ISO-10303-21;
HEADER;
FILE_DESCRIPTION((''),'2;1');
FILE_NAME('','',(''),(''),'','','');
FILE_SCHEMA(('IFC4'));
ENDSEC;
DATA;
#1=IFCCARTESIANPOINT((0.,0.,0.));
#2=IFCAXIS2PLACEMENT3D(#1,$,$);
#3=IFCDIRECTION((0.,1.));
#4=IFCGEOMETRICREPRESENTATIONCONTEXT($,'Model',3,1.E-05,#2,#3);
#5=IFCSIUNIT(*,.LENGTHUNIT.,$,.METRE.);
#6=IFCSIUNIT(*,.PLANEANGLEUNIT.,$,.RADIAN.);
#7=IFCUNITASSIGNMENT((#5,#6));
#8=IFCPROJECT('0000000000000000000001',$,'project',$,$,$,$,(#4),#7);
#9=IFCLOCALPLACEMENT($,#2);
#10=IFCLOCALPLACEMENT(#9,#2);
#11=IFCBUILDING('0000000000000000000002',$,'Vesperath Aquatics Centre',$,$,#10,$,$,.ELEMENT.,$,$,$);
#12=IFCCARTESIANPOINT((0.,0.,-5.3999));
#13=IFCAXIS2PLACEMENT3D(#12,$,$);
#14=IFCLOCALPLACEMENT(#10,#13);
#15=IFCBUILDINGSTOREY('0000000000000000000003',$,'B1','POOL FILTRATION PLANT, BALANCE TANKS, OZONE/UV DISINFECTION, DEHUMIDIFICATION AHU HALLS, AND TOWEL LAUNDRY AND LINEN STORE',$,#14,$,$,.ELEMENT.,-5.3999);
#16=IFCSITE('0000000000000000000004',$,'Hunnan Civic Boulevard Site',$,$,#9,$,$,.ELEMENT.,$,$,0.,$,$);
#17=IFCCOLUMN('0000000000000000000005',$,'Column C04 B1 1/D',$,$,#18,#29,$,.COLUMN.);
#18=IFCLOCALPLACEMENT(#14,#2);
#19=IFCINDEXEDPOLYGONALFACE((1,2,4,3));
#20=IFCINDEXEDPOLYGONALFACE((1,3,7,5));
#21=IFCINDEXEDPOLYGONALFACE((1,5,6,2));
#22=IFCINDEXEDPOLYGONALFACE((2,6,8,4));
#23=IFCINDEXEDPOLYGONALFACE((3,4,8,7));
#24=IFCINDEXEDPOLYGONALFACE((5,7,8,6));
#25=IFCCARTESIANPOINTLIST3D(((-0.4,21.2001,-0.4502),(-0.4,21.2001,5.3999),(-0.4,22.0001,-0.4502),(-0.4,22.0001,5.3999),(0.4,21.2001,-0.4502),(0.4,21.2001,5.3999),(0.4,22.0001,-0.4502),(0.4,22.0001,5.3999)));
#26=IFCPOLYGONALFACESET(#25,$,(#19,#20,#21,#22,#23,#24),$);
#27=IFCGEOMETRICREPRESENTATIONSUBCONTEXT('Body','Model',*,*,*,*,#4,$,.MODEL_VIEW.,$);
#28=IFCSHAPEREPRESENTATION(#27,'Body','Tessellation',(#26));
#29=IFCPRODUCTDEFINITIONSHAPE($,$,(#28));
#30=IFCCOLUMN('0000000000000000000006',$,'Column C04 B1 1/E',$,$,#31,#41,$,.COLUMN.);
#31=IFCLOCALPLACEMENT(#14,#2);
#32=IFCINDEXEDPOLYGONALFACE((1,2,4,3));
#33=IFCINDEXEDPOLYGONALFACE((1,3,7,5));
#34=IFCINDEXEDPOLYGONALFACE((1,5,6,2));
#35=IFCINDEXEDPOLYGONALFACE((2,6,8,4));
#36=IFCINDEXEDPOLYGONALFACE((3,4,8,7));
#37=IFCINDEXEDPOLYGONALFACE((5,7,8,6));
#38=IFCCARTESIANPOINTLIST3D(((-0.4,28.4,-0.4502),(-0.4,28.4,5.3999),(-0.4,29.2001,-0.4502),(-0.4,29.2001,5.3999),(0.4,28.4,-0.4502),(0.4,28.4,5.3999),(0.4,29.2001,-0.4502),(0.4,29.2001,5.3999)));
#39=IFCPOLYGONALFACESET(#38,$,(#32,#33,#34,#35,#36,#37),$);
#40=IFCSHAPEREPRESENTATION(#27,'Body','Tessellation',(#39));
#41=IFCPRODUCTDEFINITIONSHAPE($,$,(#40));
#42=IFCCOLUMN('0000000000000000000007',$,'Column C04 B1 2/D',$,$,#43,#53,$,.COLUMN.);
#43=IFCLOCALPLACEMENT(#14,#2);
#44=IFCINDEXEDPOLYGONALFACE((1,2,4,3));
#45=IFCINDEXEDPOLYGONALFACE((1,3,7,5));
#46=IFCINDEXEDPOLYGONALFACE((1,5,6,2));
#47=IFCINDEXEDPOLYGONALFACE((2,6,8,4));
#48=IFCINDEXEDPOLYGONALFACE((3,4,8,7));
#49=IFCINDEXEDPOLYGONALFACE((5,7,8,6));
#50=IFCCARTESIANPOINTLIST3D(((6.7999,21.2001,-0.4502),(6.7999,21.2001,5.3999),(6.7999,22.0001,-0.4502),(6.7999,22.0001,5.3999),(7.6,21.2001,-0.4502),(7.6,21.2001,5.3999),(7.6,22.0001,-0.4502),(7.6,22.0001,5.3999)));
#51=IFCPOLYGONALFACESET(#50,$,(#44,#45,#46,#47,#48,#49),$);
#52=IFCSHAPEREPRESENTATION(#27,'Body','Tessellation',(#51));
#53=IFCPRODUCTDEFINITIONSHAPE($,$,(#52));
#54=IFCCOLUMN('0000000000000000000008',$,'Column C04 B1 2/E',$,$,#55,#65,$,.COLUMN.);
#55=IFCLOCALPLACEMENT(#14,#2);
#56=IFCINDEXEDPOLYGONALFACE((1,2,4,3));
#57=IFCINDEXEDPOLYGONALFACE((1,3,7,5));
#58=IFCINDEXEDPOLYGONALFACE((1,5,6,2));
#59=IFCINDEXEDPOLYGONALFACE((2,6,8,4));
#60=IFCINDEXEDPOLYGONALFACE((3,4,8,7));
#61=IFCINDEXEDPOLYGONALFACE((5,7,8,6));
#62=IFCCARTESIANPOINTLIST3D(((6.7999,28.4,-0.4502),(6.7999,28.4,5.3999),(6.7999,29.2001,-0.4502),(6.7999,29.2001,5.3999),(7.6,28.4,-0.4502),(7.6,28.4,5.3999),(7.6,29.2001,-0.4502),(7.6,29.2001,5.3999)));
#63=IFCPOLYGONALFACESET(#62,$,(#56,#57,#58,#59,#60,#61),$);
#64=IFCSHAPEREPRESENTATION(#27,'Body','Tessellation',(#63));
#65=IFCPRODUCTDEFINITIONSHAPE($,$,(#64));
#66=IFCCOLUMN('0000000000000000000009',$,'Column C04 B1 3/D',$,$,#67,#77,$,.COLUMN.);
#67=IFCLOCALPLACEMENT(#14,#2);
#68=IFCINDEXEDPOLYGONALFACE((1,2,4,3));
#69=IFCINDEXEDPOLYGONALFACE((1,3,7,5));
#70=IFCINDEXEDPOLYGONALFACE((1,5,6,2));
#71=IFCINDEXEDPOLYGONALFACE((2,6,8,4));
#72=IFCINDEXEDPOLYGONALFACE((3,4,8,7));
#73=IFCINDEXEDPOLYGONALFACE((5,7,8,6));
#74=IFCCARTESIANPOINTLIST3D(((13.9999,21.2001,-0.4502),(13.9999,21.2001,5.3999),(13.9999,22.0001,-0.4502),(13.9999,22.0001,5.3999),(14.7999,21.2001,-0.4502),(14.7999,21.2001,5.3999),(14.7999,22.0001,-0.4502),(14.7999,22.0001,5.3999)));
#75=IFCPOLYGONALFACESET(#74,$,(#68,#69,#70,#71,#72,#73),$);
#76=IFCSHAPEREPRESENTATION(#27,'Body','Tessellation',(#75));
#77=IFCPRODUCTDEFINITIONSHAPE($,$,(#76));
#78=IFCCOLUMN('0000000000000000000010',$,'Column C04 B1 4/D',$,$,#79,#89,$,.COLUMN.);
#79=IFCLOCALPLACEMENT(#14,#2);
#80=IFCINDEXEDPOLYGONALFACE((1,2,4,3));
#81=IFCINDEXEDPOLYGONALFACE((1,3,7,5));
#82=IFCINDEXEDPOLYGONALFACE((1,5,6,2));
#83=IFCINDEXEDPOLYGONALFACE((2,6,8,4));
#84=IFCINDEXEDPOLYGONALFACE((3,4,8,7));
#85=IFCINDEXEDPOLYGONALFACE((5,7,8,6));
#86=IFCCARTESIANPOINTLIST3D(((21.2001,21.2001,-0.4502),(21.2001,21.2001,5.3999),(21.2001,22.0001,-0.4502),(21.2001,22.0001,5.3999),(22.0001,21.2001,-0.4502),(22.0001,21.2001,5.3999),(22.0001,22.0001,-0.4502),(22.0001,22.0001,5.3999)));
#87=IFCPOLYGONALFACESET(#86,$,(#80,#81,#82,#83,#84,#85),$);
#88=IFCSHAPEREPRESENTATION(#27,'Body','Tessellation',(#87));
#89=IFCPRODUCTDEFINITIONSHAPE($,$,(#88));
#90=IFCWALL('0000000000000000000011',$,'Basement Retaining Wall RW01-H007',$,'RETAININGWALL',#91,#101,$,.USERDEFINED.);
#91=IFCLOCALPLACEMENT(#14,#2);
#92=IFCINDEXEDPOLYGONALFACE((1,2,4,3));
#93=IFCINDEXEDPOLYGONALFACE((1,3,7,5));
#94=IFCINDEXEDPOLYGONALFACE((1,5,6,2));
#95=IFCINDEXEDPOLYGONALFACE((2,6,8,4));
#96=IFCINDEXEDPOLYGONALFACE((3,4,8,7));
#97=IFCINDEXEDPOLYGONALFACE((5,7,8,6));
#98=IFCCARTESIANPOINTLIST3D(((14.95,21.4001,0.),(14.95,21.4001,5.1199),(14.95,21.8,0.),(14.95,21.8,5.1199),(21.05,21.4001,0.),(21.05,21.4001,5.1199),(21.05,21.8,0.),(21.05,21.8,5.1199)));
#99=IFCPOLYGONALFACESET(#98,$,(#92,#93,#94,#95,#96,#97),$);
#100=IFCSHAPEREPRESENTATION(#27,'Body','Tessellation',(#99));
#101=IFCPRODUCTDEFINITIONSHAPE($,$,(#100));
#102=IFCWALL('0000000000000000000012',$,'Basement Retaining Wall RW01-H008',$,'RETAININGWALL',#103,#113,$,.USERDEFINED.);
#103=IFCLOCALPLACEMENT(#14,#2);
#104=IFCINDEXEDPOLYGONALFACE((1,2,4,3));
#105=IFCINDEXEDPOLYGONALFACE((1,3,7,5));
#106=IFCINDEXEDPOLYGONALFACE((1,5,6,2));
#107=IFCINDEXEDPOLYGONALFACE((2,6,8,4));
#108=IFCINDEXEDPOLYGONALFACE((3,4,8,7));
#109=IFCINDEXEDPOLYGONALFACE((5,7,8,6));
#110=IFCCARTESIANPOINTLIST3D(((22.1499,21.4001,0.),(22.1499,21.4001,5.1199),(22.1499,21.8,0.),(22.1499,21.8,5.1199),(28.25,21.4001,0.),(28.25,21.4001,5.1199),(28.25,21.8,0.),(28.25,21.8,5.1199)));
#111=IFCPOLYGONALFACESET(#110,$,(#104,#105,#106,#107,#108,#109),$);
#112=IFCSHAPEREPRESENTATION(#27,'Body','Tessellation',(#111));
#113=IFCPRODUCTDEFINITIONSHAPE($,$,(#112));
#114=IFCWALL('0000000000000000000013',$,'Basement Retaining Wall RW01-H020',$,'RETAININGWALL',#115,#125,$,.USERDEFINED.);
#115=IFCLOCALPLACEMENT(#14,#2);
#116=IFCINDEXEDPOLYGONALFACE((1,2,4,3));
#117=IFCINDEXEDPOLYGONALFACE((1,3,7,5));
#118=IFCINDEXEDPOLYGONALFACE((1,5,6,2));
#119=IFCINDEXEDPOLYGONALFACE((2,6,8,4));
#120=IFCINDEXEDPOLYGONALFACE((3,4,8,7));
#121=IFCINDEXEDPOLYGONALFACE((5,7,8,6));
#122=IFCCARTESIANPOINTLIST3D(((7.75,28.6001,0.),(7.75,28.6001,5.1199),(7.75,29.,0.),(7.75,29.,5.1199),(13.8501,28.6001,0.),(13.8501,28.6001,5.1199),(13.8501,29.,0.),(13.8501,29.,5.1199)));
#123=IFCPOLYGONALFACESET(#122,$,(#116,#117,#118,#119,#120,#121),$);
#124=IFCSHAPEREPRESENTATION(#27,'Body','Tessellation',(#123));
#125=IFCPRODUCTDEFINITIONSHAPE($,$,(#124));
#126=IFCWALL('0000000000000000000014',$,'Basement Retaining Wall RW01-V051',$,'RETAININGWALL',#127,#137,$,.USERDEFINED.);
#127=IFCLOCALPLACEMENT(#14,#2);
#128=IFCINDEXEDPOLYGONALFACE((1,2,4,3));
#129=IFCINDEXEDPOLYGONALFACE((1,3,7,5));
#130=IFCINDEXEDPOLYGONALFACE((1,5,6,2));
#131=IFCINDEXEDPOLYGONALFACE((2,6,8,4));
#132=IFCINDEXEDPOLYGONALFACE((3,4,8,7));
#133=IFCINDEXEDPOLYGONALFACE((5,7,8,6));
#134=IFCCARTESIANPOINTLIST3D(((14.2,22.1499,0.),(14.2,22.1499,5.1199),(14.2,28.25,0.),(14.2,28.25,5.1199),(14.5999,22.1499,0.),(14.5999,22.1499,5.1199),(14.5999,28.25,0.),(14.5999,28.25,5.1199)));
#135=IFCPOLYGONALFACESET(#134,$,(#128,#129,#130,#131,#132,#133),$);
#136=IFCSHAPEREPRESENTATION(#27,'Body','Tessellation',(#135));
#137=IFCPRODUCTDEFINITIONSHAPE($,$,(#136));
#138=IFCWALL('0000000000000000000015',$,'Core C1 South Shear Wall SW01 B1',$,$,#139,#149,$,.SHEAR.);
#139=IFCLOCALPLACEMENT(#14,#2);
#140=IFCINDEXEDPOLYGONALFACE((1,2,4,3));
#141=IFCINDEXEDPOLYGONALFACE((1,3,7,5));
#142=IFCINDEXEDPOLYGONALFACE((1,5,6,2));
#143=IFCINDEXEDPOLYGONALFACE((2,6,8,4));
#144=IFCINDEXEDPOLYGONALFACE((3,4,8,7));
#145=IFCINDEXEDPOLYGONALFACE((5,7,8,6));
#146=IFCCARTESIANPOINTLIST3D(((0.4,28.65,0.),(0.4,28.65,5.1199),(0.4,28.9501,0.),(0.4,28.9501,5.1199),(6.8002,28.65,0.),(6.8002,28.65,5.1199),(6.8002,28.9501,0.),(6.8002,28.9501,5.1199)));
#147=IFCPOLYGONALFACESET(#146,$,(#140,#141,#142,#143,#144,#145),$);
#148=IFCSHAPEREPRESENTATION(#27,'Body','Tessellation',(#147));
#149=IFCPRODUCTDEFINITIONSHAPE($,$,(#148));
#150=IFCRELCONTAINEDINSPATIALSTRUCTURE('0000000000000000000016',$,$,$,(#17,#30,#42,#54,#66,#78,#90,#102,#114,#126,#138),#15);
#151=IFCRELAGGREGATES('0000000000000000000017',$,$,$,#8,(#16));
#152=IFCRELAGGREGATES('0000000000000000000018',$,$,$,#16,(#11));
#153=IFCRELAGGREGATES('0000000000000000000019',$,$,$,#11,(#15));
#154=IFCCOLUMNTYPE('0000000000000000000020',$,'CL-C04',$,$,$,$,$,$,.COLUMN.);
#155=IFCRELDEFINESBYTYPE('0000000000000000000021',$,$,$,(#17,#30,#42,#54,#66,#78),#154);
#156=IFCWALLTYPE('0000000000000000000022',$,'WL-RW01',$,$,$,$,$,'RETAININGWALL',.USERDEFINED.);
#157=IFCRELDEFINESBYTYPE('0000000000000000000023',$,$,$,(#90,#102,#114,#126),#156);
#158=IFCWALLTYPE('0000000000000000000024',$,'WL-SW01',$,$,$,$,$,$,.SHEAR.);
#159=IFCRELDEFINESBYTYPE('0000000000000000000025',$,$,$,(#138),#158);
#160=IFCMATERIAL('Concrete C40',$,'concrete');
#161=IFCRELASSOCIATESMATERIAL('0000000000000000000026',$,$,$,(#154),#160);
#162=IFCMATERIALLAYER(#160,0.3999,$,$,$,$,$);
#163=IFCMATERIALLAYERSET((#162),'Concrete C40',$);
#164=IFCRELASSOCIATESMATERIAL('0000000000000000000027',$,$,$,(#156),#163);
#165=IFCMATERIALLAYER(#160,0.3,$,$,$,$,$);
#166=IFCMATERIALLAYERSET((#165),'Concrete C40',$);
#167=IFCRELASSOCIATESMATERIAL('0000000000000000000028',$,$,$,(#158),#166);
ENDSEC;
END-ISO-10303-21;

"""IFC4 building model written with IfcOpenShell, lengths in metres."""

from ifc_helpers import new_model, si_unit, direction, frame, frame_2d, origin, origin_2d, place, context, subcontext, project, spatial, rectangle, extrude, material, layer, layer_set, material_profile, profile_set, type_object, element, save


model = new_model("IFC4")

# Units and contexts
model_context = context("Model", 3, precision=1e-05, world=origin(), true_north=direction((0.0, 1.0)))
body_context = subcontext(model_context, "Body", "Model", "MODEL_VIEW")
ifc_project = project(units=[si_unit("LENGTHUNIT", "METRE"), si_unit("PLANEANGLEUNIT", "RADIAN")], contexts=[model_context])

# Site, building, storey
site_placement = place(None, origin())
site = spatial("IfcSite", under=ifc_project, at=site_placement, Name="Hunnan Civic Boulevard Site", CompositionType="ELEMENT", RefElevation=0.0)
building_placement = place(site_placement, origin())
building = spatial("IfcBuilding", under=site, at=building_placement, Name="Vesperath Aquatics Centre", CompositionType="ELEMENT")
storey_placement = place(building_placement, frame((0.0, 0.0, -5.3999)))
storey = spatial("IfcBuildingStorey", under=building, at=storey_placement, Name="B1", Description="POOL FILTRATION PLANT, BALANCE TANKS, OZONE/UV DISINFECTION, DEHUMIDIFICATION AHU HALLS, AND TOWEL LAUNDRY AND LINEN STORE", CompositionType="ELEMENT", Elevation=-5.3999)

# Shared definitions
ifc_material_1 = material(Name="Concrete C40", Category="concrete")

# Columns
ifc_material_profile_1 = material_profile(ifc_material_1, rectangle(XDim=0.8, YDim=0.8, at=origin_2d()), Name="RC 800x800")
ifc_profile_set_1 = profile_set([ifc_material_profile_1], Name="Concrete C40")
column_type = type_object("IfcColumnType", Name="CL-C04", PredefinedType="COLUMN", material=ifc_profile_set_1)
for number, where, z_axis, x_axis, name in (
    (1, (0.0, 21.6001, -0.4502), (0.0, 0.0, 1.0), (1.0, 0.0, 0.0), "Column C04 B1 1/D"),
    (2, (0.0, 28.8, -0.4502), (0.0, 0.0, 1.0), (1.0, 0.0, 0.0), "Column C04 B1 1/E"),
    (3, (7.2, 21.6001, -0.4502), (0.0, 0.0, 1.0), (1.0, 0.0, 0.0), "Column C04 B1 2/D"),
    (4, (7.2, 28.8, -0.4502), (0.0, 0.0, 1.0), (1.0, 0.0, 0.0), "Column C04 B1 2/E"),
    (5, (14.3999, 21.6001, -0.4502), (0.0, 0.0, 1.0), (1.0, 0.0, 0.0), "Column C04 B1 3/D"),
    (6, (21.6001, 21.6001, -0.4502), (0.0, 0.0, 1.0), (1.0, 0.0, 0.0), "Column C04 B1 4/D"),
):
    element("IfcColumn", number, at=place(storey_placement, frame(where, z_axis=z_axis, x_axis=x_axis)), inside=storey, type_object=column_type, Name=name, PredefinedType="COLUMN", context=body_context, shape_type="SweptSolid", body=[
        extrude(rectangle(XDim=0.8, YDim=0.8, at=origin_2d()), origin(), (0.0, 0.0, 1.0), 5.8501),
    ])

# Walls
ifc_layer_1 = layer(ifc_material_1, 0.3999)
ifc_layer_set_1 = layer_set([ifc_layer_1], Name="Concrete C40")
wall_type_1 = type_object("IfcWallType", Name="WL-RW01", ElementType="RETAININGWALL", PredefinedType="USERDEFINED", material=ifc_layer_set_1)
for number, where, z_axis, x_axis, name in (
    (7, (14.95, 21.6001, 0.0), (0.0, 0.0, 1.0), (1.0, 0.0, 0.0), "Basement Retaining Wall RW01-H007"),
    (8, (22.1499, 21.6001, 0.0), (0.0, 0.0, 1.0), (1.0, 0.0, 0.0), "Basement Retaining Wall RW01-H008"),
    (9, (7.75, 28.8, 0.0), (0.0, 0.0, 1.0), (1.0, 0.0, 0.0), "Basement Retaining Wall RW01-H020"),
    (10, (14.3999, 22.1499, 0.0), (0.0, 0.0, 1.0), (0.0, 1.0, 0.0), "Basement Retaining Wall RW01-V051"),
):
    element("IfcWall", number, at=place(storey_placement, frame(where, z_axis=z_axis, x_axis=x_axis)), inside=storey, type_object=wall_type_1, Name=name, ObjectType="RETAININGWALL", PredefinedType="USERDEFINED", context=body_context, shape_type="SweptSolid", body=[
        extrude(rectangle(XDim=6.1001, YDim=0.3999, at=frame_2d((3.05, 0.0))), origin(), (0.0, 0.0, 1.0), 5.1199),
    ])
ifc_layer_2 = layer(ifc_material_1, 0.3)
ifc_layer_set_2 = layer_set([ifc_layer_2], Name="Concrete C40")
wall_type_2 = type_object("IfcWallType", Name="WL-SW01", PredefinedType="SHEAR", material=ifc_layer_set_2)
wall_placement = place(storey_placement, frame((0.3999, 28.8, 0.0), z_axis=(0.0, 0.0, 1.0), x_axis=(1.0, 0.0, 0.0)))
element("IfcWall", 11, at=wall_placement, inside=storey, type_object=wall_type_2, Name="Core C1 South Shear Wall SW01 B1", PredefinedType="SHEAR", context=body_context, shape_type="SweptSolid", body=[
    extrude(rectangle(XDim=6.4001, YDim=0.3, at=frame_2d((3.2002, 0.0))), origin(), (0.0, 0.0, 1.0), 5.1199),
])

save(model, "model.ifc")
